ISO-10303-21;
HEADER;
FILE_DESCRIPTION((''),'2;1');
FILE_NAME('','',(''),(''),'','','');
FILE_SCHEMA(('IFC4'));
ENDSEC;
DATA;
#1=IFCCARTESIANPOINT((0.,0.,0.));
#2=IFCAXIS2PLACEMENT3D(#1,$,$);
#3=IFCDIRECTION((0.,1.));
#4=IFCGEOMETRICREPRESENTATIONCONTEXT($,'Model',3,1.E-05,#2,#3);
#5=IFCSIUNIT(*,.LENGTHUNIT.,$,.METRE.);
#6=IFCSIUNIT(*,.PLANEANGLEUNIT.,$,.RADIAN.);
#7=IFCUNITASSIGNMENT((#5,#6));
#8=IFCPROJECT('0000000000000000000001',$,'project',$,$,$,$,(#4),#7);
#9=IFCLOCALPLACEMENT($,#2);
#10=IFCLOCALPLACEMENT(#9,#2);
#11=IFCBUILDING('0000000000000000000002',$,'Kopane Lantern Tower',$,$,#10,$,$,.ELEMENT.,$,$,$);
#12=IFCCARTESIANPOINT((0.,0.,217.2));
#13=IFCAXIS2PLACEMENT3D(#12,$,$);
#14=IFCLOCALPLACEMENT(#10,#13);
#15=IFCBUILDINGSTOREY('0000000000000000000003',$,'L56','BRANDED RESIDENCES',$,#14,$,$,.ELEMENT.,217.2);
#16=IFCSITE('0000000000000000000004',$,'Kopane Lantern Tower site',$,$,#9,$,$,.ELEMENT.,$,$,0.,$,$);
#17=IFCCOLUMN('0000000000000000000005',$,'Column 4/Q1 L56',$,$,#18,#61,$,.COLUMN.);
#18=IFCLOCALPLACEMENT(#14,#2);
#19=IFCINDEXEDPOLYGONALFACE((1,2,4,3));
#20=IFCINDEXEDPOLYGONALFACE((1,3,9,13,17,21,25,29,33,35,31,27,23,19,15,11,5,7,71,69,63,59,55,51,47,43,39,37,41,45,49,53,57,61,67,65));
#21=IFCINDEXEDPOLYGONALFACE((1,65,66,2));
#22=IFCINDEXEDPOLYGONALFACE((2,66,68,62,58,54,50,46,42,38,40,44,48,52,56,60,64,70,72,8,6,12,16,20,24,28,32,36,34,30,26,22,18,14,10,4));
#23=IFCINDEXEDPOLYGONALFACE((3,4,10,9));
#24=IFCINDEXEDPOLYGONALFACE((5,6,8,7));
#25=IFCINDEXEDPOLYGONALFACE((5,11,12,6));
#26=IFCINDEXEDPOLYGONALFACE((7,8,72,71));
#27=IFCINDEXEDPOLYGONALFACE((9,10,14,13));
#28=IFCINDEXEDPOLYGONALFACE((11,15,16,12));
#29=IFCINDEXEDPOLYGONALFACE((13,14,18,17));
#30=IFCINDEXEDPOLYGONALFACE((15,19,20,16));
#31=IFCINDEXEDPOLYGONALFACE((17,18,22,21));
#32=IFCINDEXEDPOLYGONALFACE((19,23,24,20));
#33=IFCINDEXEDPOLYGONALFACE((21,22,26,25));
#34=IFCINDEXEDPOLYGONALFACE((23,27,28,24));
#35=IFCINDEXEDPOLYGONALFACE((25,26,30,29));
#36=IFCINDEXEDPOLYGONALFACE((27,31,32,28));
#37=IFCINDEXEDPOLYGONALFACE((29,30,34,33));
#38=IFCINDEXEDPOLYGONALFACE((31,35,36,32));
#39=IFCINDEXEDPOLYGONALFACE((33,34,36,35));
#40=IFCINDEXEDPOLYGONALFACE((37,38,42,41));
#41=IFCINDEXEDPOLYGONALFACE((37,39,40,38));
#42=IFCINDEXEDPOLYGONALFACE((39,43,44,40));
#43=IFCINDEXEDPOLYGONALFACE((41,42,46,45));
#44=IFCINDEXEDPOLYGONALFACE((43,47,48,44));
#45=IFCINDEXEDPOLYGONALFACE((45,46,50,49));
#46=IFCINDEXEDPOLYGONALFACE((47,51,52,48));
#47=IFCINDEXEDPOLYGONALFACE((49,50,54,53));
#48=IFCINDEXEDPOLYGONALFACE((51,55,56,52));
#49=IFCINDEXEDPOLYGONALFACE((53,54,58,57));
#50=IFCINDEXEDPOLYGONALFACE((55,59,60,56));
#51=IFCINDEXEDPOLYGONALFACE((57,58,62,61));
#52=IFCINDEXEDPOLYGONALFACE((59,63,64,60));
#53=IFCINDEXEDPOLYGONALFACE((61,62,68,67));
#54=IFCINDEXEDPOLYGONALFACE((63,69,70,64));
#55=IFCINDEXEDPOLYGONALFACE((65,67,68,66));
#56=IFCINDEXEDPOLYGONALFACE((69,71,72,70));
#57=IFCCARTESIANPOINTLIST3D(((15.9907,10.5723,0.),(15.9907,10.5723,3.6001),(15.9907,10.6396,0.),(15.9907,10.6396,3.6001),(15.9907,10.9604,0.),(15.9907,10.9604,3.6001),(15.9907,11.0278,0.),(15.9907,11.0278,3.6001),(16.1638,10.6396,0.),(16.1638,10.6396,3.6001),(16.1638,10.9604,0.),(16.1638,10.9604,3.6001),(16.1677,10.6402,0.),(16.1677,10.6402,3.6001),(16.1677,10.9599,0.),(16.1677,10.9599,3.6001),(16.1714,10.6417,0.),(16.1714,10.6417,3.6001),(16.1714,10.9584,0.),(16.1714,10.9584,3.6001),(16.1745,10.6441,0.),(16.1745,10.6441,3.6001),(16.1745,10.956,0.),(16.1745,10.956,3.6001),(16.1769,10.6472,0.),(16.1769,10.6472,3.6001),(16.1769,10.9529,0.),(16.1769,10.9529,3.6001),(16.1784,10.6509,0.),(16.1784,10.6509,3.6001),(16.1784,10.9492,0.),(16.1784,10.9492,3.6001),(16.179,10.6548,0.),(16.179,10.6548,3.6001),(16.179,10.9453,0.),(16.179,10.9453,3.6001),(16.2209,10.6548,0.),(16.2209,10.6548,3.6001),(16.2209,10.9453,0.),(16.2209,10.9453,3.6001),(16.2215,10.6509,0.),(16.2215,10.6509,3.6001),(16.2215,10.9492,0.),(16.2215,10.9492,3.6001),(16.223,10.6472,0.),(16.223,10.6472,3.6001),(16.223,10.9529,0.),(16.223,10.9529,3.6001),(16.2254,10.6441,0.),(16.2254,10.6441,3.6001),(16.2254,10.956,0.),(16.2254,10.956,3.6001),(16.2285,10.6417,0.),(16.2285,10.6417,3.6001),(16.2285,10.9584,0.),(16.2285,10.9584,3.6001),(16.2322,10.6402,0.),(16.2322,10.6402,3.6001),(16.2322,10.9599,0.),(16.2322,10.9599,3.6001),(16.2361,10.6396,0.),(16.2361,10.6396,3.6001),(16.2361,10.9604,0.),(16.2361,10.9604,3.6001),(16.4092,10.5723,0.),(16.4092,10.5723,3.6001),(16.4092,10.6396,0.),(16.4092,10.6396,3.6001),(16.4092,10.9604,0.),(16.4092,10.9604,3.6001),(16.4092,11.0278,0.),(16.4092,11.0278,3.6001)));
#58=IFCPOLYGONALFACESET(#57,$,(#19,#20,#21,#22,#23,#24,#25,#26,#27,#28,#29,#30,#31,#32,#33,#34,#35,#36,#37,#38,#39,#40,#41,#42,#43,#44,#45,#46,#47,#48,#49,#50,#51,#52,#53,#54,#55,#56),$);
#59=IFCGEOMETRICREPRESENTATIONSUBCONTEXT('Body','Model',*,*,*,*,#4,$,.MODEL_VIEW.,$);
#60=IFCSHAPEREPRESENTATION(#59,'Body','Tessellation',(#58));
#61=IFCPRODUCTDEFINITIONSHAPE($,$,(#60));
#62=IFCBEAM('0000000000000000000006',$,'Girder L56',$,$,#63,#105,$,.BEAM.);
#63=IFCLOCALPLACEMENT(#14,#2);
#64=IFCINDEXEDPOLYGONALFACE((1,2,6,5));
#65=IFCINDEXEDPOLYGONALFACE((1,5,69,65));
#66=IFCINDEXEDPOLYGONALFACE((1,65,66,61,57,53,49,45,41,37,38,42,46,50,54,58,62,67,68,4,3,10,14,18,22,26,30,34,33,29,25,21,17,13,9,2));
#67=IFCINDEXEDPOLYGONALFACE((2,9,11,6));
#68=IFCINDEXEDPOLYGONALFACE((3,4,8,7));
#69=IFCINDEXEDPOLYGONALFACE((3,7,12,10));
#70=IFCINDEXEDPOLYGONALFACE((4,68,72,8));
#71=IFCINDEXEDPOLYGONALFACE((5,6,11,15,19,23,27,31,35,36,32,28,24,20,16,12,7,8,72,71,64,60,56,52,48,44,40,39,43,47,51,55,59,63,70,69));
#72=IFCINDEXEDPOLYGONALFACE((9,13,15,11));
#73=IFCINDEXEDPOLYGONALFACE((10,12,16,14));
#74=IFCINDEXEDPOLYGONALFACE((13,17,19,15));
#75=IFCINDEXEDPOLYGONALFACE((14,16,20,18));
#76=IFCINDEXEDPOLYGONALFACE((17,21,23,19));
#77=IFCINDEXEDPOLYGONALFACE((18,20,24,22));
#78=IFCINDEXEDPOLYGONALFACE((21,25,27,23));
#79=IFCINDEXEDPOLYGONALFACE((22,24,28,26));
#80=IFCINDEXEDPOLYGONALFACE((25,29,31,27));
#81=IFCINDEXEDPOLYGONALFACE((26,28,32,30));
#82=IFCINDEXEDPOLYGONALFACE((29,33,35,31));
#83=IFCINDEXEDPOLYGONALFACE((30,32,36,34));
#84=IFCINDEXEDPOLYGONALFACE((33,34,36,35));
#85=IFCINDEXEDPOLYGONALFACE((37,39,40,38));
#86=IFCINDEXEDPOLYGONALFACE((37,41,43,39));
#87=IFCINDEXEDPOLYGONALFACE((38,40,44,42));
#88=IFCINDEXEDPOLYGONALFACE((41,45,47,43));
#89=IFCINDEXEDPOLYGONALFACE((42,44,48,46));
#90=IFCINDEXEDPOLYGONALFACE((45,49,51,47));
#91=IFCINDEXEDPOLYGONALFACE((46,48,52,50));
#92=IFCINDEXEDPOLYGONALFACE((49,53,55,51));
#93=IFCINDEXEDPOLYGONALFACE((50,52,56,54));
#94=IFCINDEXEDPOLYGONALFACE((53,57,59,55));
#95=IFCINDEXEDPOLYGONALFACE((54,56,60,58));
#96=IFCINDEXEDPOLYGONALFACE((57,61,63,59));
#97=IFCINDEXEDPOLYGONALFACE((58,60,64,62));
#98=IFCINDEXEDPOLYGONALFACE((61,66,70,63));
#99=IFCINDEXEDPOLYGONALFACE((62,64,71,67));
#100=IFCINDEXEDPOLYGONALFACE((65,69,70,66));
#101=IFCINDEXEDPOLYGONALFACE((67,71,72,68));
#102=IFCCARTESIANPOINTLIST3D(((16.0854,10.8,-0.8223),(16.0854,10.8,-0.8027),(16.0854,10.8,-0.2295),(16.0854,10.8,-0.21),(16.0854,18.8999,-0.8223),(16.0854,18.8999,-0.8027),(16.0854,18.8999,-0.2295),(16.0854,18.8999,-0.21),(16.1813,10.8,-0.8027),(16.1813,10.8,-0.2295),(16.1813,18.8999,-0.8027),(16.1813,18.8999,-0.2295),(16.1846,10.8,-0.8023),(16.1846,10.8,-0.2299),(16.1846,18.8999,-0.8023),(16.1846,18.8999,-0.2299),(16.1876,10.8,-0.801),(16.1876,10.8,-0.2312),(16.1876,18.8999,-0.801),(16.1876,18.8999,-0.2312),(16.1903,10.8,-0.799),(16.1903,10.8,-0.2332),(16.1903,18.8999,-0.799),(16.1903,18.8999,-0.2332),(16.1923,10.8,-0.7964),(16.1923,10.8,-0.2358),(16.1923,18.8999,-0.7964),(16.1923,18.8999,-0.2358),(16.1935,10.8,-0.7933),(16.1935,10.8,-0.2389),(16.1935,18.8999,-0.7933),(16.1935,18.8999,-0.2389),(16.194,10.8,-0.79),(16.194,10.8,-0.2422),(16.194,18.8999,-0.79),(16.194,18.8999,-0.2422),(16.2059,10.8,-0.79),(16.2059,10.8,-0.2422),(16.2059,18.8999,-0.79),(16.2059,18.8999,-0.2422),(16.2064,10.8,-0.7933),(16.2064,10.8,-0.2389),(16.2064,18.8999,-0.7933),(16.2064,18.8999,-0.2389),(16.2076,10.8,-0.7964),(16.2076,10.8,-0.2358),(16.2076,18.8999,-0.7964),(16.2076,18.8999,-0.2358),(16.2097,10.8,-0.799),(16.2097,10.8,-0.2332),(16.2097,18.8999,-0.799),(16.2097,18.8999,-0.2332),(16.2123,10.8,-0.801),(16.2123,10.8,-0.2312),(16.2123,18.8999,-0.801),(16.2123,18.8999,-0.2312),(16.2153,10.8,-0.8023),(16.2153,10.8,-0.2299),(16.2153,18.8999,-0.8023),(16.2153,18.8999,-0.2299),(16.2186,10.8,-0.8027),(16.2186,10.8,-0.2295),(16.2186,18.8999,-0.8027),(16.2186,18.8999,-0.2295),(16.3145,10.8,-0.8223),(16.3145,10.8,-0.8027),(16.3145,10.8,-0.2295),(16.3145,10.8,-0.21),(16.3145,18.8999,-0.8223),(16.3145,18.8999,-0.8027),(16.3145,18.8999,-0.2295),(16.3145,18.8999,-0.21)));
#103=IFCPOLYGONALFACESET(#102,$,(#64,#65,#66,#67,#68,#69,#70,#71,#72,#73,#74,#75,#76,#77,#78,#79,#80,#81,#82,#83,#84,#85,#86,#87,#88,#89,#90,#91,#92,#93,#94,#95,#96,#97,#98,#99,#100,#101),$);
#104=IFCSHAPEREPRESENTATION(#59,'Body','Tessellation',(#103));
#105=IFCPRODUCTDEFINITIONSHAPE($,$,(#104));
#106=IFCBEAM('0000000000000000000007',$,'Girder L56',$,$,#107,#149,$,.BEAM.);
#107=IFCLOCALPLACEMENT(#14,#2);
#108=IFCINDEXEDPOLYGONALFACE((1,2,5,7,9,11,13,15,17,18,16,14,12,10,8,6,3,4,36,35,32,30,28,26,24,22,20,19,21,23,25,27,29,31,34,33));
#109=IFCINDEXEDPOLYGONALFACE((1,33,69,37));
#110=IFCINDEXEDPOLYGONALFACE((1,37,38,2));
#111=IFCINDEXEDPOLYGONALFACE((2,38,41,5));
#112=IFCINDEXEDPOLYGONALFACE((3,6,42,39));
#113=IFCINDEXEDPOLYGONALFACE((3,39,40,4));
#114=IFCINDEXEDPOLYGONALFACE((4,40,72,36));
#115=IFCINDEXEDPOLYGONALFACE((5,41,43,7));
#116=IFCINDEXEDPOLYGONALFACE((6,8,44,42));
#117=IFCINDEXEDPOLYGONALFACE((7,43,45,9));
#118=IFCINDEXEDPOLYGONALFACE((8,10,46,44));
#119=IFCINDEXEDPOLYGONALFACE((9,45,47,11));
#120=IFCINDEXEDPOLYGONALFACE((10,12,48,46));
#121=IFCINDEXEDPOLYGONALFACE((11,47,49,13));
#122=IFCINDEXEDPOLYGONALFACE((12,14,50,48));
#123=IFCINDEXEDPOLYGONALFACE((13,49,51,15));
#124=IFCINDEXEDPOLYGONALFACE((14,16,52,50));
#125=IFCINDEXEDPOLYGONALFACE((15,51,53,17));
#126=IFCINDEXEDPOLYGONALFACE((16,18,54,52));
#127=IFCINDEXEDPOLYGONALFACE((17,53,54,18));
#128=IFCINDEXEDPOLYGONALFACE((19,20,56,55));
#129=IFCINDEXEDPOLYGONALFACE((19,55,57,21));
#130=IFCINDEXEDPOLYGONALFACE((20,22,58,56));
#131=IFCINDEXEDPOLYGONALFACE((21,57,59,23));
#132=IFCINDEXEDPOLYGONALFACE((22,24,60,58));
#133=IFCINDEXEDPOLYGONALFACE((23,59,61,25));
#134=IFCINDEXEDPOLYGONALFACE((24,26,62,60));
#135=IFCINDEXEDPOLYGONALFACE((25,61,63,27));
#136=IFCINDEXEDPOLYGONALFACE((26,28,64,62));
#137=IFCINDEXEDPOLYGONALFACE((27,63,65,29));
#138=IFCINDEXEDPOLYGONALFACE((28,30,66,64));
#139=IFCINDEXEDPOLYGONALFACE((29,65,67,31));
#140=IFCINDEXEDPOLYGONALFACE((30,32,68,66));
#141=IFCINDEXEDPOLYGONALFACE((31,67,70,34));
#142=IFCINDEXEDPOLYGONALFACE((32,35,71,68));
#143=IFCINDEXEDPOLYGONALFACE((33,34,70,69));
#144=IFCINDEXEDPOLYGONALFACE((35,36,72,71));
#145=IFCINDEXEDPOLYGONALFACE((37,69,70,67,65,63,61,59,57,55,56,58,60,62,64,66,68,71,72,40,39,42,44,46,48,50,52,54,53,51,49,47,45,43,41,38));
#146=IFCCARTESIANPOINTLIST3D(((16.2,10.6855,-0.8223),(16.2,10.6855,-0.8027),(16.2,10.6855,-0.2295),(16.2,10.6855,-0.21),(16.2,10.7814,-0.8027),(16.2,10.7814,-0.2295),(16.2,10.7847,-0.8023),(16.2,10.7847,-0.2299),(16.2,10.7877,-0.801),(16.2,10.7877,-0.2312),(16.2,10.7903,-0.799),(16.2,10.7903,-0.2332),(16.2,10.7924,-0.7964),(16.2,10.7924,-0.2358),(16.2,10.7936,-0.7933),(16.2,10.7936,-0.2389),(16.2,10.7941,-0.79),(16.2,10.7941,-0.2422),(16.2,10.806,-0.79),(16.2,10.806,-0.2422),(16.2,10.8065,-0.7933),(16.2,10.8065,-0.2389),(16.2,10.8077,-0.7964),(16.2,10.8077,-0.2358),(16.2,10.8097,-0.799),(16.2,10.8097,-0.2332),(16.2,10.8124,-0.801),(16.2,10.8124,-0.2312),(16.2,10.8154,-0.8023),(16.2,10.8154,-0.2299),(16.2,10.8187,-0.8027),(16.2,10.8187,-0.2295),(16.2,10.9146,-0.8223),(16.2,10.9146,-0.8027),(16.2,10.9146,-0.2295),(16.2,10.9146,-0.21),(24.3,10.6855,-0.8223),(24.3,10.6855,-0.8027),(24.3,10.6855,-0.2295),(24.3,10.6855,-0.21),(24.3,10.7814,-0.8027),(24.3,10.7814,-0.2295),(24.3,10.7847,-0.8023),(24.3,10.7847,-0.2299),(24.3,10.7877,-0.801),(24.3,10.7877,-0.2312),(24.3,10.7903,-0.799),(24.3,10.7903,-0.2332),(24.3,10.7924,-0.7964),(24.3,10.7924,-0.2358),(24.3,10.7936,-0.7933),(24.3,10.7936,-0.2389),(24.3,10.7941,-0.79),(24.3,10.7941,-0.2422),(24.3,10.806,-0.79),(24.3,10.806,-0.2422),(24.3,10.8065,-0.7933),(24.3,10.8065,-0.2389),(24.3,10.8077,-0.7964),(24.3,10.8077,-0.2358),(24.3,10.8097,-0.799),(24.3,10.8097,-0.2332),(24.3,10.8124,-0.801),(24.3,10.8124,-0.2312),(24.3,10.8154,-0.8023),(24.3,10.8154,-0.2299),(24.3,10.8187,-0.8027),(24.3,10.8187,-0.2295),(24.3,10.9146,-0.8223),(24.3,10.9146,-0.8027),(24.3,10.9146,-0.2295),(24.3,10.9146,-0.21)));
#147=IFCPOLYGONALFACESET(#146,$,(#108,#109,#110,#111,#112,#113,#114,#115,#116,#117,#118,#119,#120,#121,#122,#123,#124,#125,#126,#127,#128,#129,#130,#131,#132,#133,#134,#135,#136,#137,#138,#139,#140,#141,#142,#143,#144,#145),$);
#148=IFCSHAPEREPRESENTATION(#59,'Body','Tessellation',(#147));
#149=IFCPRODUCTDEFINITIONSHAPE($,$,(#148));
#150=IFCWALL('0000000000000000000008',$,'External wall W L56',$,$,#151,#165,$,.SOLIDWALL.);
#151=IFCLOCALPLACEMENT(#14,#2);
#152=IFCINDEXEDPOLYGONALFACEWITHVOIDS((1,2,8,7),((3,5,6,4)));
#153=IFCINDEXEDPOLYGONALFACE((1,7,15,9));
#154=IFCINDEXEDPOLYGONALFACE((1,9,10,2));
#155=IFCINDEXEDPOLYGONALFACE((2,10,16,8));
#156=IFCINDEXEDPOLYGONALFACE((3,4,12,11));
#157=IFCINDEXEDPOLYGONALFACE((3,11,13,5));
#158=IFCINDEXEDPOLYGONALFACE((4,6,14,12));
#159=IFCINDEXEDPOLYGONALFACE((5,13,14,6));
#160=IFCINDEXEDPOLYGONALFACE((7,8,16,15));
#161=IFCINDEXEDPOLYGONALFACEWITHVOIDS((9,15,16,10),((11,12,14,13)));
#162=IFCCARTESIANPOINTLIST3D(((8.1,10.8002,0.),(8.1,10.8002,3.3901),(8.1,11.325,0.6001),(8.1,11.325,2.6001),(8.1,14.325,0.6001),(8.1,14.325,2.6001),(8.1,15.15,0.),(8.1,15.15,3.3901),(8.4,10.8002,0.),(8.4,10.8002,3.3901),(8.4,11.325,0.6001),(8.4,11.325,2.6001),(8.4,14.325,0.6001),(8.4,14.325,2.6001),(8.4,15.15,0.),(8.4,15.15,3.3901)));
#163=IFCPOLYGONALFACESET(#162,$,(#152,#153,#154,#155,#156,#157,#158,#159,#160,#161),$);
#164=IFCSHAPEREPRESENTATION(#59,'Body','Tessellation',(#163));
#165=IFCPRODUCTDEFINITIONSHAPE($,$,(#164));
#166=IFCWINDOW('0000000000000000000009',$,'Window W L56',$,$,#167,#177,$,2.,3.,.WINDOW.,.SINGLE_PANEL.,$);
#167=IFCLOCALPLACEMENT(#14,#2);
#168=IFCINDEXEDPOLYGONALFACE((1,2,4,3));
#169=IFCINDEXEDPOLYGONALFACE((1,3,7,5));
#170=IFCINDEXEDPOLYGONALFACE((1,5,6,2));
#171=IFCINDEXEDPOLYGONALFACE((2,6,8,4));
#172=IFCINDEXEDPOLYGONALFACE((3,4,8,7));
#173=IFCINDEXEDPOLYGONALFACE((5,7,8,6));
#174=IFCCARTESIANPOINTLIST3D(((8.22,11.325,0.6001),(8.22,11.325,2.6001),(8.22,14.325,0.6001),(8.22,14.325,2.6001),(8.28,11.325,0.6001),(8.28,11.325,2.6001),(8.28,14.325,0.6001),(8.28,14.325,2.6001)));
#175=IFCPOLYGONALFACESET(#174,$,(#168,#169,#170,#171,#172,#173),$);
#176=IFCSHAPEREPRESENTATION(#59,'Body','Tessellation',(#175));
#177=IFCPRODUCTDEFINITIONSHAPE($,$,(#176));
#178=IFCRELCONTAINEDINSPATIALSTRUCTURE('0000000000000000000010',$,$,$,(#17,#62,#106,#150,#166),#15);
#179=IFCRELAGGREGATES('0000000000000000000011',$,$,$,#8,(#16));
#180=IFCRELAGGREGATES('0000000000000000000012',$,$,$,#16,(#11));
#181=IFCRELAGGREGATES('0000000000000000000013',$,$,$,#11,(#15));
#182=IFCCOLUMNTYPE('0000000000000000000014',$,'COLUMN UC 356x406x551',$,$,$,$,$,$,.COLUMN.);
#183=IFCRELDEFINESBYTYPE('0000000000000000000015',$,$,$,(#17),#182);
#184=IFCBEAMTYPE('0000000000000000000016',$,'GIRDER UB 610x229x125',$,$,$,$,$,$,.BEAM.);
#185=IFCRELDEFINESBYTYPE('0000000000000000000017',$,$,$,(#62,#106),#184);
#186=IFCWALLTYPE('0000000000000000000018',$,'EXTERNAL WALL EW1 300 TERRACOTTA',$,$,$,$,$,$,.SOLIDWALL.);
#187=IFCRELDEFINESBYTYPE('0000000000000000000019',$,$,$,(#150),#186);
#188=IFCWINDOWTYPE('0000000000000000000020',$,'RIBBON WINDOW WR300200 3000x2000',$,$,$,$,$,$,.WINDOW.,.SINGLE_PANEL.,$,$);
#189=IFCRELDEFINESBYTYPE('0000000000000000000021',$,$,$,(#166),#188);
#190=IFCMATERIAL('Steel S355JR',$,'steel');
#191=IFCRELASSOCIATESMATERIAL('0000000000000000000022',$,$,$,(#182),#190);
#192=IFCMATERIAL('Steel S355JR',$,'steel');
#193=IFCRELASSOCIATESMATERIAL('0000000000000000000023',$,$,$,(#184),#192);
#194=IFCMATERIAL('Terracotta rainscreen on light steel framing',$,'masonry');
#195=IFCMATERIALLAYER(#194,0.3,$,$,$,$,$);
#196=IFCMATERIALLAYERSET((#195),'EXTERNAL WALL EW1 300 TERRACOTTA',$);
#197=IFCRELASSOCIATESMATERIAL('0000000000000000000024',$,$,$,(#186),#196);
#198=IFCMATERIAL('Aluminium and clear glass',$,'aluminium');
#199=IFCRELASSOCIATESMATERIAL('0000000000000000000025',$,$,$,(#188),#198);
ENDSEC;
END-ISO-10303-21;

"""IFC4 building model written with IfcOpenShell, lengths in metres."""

from ifc_helpers import new_model, si_unit, direction, frame, frame_2d, origin, origin_2d, place, context, subcontext, project, spatial, rectangle, i_section, extrude, material, layer, layer_set, material_profile, profile_set, type_object, element, fill, save


model = new_model("IFC4")

# Units and contexts
model_context = context("Model", 3, precision=1e-05, world=origin(), true_north=direction((0.0, 1.0)))
body_context = subcontext(model_context, "Body", "Model", "MODEL_VIEW")
ifc_project = project(units=[si_unit("LENGTHUNIT", "METRE"), si_unit("PLANEANGLEUNIT", "RADIAN")], contexts=[model_context])

# Site, building, storey
site_placement = place(None, origin())
site = spatial("IfcSite", under=ifc_project, at=site_placement, Name="Kopane Lantern Tower site", CompositionType="ELEMENT", RefElevation=0.0)
building_placement = place(site_placement, origin())
building = spatial("IfcBuilding", under=site, at=building_placement, Name="Kopane Lantern Tower", CompositionType="ELEMENT")
storey_placement = place(building_placement, frame((0.0, 0.0, 217.2)))
storey = spatial("IfcBuildingStorey", under=building, at=storey_placement, Name="L56", Description="BRANDED RESIDENCES", CompositionType="ELEMENT", Elevation=217.2)

# Column
ifc_material_1 = material(Name="Steel S355JR", Category="steel")
ifc_material_profile_1 = material_profile(ifc_material_1, i_section(OverallWidth=0.4185, OverallDepth=0.4556, WebThickness=0.042, FlangeThickness=0.0674, FilletRadius=0.0151, at=origin_2d()), Name="UC 356x406x551")
ifc_profile_set_1 = profile_set([ifc_material_profile_1], Name="Steel S355JR")
column_type = type_object("IfcColumnType", Name="COLUMN UC 356x406x551", PredefinedType="COLUMN", material=ifc_profile_set_1)
column_placement = place(storey_placement, frame((16.2, 10.8, 0.0), z_axis=(0.0, 0.0, 1.0), x_axis=(1.0, 0.0, 0.0)))
element("IfcColumn", 1, at=column_placement, inside=storey, type_object=column_type, Name="Column 4/Q1 L56", PredefinedType="COLUMN", context=body_context, shape_type="SweptSolid", body=[
    extrude(i_section(OverallWidth=0.4185, OverallDepth=0.4556, WebThickness=0.042, FlangeThickness=0.0674, FilletRadius=0.0151, at=origin_2d()), origin(), (0.0, 0.0, 1.0), 3.6001),
])

# Beams
ifc_material_2 = material(Name="Steel S355JR", Category="steel")
ifc_material_profile_2 = material_profile(ifc_material_2, i_section(OverallWidth=0.229, OverallDepth=0.6123, WebThickness=0.012, FlangeThickness=0.0195, FilletRadius=0.0127, at=origin_2d()), Name="UB 610x229x125")
ifc_profile_set_2 = profile_set([ifc_material_profile_2], Name="Steel S355JR")
beam_type = type_object("IfcBeamType", Name="GIRDER UB 610x229x125", PredefinedType="BEAM", material=ifc_profile_set_2)
beam_1_placement = place(storey_placement, frame((16.2, 10.8, -0.5161), z_axis=(0.0, 1.0, 0.0), x_axis=(-1.0, 0.0, 0.0)))
element("IfcBeam", 2, at=beam_1_placement, inside=storey, type_object=beam_type, Name="Girder L56", PredefinedType="BEAM", context=body_context, shape_type="SweptSolid", body=[
    extrude(i_section(OverallWidth=0.229, OverallDepth=0.6123, WebThickness=0.012, FlangeThickness=0.0195, FilletRadius=0.0127, at=origin_2d()), origin(), (0.0, 0.0, 1.0), 8.0999),
])
beam_2_placement = place(storey_placement, frame((16.2, 10.8, -0.5161), z_axis=(1.0, 0.0, 0.0), x_axis=(0.0, 1.0, 0.0)))
element("IfcBeam", 3, at=beam_2_placement, inside=storey, type_object=beam_type, Name="Girder L56", PredefinedType="BEAM", context=body_context, shape_type="SweptSolid", body=[
    extrude(i_section(OverallWidth=0.229, OverallDepth=0.6123, WebThickness=0.012, FlangeThickness=0.0195, FilletRadius=0.0127, at=origin_2d()), origin(), (0.0, 0.0, 1.0), 8.1001),
])

# Shared definitions
ifc_material_3 = material(Name="Terracotta rainscreen on light steel framing", Category="masonry")
ifc_layer = layer(ifc_material_3, 0.3)
ifc_layer_set = layer_set([ifc_layer], Name="EXTERNAL WALL EW1 300 TERRACOTTA")
wall_type = type_object("IfcWallType", Name="EXTERNAL WALL EW1 300 TERRACOTTA", PredefinedType="SOLIDWALL", material=ifc_layer_set)

# Wall, opening, window
wall_1_placement = place(storey_placement, frame((8.25, 15.1499, 0.0), z_axis=(0.0, 0.0, 1.0), x_axis=(0.0, -1.0, 0.0)))
wall_1 = element("IfcWall", 4, at=wall_1_placement, inside=storey, type_object=wall_type, Name="External wall W L56", PredefinedType="SOLIDWALL", context=body_context, shape_type="SweptSolid", body=[
    extrude(rectangle(XDim=4.3499, YDim=0.3, at=frame_2d((2.1748, 0.0))), origin(), (0.0, 0.0, 1.0), 3.3901),
])
opening_1_placement = place(wall_1_placement, frame((0.825, 0.0, 0.6001)))
opening_1 = element("IfcOpeningElement", 5, at=opening_1_placement, cuts=wall_1, PredefinedType="OPENING", context=body_context, shape_type="SweptSolid", body=[
    extrude(rectangle(XDim=3.0, YDim=2.0, at=frame_2d((1.5, 1.0))), frame((0.0, 0.1599, 0.0), z_axis=(0.0, -1.0, 0.0), x_axis=(1.0, 0.0, 0.0)), (0.0, 0.0, 1.0), 0.3201),
])
ifc_material_4 = material(Name="Aluminium and clear glass", Category="aluminium")
window_type_1 = type_object("IfcWindowType", Name="RIBBON WINDOW WR300200 3000x2000", PartitioningType="SINGLE_PANEL", PredefinedType="WINDOW", material=ifc_material_4)
window_1_placement = place(opening_1_placement, origin())
window_1 = element("IfcWindow", 6, at=window_1_placement, inside=storey, type_object=window_type_1, Name="Window W L56", OverallHeight=2.0, OverallWidth=3.0, PartitioningType="SINGLE_PANEL", PredefinedType="WINDOW", context=body_context, shape_type="SweptSolid", body=[
    extrude(rectangle(XDim=3.0, YDim=2.0, at=frame_2d((1.5, 1.0))), frame((0.0, 0.03, 0.0), z_axis=(0.0, -1.0, 0.0), x_axis=(1.0, 0.0, 0.0)), (0.0, 0.0, 1.0), 0.0601),
])
fill(opening_1, window_1)

save(model, "model.ifc")
